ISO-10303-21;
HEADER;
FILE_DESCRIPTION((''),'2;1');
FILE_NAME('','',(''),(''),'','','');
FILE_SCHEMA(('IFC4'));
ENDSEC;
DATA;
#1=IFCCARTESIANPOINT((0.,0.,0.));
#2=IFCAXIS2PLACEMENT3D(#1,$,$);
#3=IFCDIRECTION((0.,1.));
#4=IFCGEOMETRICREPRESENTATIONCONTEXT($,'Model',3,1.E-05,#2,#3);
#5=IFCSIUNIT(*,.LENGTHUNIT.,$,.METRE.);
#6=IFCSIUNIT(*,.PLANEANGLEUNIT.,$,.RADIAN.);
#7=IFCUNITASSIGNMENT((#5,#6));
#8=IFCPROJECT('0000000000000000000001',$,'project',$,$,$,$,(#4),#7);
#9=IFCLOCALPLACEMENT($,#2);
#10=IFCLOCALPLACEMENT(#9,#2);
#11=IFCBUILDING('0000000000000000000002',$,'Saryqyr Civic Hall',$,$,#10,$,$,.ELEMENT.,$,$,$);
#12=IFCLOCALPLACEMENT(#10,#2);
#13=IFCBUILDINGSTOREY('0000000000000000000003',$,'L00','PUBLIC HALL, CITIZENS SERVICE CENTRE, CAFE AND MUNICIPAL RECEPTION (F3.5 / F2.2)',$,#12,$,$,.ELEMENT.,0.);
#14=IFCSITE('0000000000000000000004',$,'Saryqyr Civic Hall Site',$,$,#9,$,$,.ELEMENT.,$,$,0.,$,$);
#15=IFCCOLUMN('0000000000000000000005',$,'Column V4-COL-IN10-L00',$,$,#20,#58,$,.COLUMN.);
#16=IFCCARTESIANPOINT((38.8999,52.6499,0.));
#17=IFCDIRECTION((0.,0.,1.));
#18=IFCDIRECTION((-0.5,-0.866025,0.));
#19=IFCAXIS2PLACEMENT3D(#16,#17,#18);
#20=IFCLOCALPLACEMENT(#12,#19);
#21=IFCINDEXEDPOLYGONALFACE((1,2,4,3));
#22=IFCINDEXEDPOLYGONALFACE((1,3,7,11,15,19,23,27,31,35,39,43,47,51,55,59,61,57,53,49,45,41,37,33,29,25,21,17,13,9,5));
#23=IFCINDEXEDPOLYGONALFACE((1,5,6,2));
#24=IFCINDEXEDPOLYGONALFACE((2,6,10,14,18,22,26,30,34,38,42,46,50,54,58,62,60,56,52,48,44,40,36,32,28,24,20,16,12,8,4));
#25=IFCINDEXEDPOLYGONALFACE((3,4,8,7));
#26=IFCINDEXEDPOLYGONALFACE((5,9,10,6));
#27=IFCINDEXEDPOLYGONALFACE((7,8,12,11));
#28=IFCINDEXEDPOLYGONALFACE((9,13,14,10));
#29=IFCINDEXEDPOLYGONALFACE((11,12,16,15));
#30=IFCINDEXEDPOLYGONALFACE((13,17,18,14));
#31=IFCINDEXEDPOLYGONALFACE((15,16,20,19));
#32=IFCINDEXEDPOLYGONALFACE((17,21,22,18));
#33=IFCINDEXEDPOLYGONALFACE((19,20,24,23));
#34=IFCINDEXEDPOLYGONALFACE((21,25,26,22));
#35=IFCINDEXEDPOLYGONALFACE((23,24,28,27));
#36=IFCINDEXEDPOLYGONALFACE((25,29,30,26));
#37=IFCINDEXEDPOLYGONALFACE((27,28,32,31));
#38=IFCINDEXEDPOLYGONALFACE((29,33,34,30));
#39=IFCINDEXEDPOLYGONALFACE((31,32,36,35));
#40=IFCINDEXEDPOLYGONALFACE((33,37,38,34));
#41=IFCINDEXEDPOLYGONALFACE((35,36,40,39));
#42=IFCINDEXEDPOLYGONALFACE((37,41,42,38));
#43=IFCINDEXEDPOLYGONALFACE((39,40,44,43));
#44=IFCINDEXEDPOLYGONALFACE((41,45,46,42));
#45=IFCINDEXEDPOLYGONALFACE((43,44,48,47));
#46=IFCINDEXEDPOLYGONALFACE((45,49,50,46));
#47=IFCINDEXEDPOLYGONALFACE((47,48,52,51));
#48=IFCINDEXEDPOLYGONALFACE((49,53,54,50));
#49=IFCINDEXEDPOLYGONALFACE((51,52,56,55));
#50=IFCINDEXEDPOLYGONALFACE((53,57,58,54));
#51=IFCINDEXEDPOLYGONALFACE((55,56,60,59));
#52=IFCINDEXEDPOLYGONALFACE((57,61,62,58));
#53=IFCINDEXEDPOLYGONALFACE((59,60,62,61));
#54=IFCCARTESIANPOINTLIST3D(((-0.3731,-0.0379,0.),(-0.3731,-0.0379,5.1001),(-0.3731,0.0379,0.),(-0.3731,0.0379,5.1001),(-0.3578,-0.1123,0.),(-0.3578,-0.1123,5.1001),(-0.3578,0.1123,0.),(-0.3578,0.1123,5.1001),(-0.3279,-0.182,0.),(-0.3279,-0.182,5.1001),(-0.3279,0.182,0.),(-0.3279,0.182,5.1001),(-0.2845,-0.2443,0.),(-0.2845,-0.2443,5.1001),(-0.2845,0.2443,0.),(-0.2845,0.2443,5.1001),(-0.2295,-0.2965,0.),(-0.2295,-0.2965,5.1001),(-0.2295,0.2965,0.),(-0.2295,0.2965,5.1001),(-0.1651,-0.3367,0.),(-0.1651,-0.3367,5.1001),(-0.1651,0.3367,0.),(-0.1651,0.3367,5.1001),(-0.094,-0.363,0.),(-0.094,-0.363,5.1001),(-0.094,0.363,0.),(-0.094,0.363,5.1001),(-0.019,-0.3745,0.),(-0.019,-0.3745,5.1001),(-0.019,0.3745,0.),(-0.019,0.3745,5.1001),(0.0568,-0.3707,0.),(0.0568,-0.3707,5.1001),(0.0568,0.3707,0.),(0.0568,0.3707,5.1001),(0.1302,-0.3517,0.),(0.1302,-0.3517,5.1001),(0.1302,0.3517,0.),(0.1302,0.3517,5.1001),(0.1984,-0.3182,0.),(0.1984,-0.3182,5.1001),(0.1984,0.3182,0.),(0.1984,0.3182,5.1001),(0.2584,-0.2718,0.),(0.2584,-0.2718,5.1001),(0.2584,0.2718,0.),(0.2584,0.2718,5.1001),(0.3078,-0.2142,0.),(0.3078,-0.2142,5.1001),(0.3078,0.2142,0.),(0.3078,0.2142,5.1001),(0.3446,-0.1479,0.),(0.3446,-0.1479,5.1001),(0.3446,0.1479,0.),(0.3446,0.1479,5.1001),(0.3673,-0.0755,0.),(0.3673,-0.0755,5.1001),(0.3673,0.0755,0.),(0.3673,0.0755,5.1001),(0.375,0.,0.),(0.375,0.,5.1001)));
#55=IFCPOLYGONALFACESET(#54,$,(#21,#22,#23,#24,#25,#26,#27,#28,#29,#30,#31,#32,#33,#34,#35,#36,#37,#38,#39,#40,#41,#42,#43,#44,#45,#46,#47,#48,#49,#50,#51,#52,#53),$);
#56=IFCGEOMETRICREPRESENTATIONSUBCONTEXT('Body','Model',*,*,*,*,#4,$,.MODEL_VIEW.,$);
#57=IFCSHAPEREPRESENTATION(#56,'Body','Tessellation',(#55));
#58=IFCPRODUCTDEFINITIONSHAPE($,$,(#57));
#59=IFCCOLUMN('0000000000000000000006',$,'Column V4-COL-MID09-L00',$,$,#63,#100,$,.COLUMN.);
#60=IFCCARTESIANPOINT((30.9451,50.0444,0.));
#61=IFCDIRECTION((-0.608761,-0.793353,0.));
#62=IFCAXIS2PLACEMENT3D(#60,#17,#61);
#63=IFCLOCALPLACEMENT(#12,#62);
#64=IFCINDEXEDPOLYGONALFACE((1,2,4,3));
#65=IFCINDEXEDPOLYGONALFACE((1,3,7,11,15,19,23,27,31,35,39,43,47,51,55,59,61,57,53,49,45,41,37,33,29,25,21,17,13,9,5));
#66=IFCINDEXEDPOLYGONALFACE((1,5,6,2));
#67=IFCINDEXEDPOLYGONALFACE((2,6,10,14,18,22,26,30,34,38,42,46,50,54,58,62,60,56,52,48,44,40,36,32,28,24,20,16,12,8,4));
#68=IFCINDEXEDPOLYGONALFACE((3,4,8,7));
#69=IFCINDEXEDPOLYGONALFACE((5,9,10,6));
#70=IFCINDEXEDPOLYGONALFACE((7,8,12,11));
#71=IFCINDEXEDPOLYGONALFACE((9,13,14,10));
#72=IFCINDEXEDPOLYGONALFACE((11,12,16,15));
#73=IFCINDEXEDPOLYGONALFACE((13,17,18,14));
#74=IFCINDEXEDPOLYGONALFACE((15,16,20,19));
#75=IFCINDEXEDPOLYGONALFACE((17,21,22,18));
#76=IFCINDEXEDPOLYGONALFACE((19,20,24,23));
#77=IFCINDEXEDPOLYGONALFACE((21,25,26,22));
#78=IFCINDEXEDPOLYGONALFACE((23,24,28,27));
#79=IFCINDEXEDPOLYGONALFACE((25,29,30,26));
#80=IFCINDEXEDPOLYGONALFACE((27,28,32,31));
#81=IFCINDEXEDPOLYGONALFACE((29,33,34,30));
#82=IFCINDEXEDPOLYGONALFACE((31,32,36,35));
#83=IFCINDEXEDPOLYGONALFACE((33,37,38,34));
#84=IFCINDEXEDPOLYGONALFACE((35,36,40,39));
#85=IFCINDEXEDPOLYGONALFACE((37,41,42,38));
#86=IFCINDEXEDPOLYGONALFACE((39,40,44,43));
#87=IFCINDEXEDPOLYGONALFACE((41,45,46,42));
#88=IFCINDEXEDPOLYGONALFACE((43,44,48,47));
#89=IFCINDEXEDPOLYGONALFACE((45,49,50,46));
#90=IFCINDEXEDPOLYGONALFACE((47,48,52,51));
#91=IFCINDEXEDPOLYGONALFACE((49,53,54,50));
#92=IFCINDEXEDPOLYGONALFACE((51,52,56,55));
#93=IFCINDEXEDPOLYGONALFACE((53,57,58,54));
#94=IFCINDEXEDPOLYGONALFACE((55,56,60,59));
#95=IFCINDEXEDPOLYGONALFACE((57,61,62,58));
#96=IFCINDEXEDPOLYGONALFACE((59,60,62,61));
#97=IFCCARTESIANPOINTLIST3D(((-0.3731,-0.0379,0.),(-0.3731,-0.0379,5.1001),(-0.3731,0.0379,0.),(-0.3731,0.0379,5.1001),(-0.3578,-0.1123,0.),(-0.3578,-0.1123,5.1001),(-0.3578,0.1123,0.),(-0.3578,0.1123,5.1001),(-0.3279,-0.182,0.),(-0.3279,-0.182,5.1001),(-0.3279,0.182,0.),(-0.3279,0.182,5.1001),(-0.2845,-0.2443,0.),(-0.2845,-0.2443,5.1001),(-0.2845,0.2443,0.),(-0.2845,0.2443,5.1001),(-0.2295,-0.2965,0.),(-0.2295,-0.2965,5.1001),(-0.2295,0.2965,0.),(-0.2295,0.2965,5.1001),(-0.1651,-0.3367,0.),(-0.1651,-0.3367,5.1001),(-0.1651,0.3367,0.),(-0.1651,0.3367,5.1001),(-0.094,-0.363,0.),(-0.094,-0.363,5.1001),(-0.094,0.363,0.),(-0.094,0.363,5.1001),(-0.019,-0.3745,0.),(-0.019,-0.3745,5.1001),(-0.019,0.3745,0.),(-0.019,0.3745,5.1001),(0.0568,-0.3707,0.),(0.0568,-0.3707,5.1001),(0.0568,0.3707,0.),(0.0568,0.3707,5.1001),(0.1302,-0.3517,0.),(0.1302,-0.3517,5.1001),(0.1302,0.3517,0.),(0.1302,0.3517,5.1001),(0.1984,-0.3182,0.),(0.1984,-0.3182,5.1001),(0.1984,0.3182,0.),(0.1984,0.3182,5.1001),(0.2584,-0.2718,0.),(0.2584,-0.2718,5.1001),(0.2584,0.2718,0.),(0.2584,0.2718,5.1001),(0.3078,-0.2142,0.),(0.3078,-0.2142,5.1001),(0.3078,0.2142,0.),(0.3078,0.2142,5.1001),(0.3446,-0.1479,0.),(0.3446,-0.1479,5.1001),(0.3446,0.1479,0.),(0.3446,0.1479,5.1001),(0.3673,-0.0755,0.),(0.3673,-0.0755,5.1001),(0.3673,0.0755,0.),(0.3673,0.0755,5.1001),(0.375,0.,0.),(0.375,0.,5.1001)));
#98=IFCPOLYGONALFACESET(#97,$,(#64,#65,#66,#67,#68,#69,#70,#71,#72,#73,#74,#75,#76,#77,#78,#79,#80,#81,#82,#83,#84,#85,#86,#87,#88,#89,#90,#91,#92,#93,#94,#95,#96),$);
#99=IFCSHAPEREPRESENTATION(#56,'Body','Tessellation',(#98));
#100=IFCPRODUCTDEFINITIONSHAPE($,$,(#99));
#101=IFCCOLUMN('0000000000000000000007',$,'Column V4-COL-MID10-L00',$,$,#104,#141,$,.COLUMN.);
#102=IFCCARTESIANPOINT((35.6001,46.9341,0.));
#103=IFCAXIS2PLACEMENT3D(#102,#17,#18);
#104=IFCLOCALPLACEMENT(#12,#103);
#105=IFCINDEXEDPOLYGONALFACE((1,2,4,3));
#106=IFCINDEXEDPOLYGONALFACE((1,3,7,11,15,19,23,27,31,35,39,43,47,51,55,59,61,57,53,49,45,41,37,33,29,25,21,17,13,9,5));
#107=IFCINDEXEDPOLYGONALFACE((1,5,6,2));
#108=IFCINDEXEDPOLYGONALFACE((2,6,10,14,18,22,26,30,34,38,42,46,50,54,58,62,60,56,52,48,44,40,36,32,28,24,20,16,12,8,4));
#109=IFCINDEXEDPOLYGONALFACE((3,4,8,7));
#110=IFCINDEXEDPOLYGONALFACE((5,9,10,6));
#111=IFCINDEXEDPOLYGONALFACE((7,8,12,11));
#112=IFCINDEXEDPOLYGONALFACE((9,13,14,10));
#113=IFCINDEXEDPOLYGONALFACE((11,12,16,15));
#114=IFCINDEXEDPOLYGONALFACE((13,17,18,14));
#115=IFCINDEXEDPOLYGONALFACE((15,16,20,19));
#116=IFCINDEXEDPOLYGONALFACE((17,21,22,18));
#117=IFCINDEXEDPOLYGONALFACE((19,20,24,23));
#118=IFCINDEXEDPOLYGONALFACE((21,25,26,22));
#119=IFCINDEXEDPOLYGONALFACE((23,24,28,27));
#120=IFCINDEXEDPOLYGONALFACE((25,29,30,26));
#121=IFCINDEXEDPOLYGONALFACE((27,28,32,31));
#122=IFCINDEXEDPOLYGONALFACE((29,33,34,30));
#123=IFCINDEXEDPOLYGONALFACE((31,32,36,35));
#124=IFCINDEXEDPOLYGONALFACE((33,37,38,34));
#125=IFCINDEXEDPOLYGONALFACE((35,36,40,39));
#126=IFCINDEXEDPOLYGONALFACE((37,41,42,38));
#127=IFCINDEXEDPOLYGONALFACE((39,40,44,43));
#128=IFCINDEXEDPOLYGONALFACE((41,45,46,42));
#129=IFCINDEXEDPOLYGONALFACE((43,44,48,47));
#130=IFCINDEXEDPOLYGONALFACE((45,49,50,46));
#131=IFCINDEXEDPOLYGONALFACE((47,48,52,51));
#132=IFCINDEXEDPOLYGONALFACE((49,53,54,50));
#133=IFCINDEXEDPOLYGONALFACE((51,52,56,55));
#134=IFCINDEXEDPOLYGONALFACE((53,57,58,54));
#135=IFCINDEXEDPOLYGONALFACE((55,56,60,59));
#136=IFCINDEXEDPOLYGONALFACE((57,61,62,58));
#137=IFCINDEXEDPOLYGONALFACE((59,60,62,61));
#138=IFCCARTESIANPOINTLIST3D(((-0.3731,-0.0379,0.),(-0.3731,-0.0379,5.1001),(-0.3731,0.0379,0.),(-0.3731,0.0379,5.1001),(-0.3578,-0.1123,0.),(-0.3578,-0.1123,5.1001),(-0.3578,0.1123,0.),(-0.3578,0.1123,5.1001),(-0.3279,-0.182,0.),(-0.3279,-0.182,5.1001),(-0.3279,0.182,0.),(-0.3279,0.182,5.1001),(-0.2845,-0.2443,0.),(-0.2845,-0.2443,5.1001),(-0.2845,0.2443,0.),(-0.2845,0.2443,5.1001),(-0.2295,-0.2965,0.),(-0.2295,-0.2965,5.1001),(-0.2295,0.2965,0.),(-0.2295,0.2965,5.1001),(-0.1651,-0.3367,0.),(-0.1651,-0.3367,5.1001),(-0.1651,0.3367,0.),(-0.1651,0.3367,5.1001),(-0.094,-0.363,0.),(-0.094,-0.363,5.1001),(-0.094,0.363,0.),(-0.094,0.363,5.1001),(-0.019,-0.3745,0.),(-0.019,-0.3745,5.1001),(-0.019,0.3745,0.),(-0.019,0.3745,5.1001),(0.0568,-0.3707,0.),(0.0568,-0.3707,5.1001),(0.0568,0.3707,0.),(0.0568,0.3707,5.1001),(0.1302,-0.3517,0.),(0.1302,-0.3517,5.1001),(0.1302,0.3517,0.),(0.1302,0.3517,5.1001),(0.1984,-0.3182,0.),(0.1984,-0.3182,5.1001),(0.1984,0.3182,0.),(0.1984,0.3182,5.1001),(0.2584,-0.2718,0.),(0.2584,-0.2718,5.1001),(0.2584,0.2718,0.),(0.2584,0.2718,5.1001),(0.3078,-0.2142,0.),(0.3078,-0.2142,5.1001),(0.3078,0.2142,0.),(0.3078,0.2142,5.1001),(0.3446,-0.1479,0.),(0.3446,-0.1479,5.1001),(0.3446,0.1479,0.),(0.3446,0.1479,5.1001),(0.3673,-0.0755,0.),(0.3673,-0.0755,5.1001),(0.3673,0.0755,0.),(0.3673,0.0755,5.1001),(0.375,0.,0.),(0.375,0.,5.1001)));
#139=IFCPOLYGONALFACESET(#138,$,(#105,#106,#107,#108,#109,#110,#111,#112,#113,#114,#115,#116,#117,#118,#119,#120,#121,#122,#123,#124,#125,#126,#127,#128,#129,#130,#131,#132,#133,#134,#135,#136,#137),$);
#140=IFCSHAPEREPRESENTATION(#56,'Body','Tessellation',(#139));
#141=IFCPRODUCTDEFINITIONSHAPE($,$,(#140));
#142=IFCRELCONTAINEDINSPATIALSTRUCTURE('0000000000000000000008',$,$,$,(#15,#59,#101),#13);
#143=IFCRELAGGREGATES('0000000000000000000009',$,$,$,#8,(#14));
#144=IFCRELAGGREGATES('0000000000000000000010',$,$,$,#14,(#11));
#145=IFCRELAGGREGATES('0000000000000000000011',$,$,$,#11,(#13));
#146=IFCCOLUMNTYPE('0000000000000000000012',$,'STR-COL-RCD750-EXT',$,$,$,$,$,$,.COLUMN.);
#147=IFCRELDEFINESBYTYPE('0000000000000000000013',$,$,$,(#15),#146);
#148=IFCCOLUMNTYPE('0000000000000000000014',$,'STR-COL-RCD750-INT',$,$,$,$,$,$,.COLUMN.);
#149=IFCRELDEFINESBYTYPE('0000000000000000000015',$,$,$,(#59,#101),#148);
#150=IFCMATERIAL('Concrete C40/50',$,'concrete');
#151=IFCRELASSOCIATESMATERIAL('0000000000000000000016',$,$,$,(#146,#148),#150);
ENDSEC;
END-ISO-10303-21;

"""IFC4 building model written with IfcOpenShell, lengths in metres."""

from ifc_helpers import new_model, si_unit, direction, frame, origin, origin_2d, place, context, subcontext, project, spatial, circle, extrude, material, material_profile, profile_set, type_object, element, save


model = new_model("IFC4")

# Units and contexts
model_context = context("Model", 3, precision=1e-05, world=origin(), true_north=direction((0.0, 1.0)))
body_context = subcontext(model_context, "Body", "Model", "MODEL_VIEW")
ifc_project = project(units=[si_unit("LENGTHUNIT", "METRE"), si_unit("PLANEANGLEUNIT", "RADIAN")], contexts=[model_context])

# Site, building, storey
site_placement = place(None, origin())
site = spatial("IfcSite", under=ifc_project, at=site_placement, Name="Saryqyr Civic Hall Site", CompositionType="ELEMENT", RefElevation=0.0)
building_placement = place(site_placement, origin())
building = spatial("IfcBuilding", under=site, at=building_placement, Name="Saryqyr Civic Hall", CompositionType="ELEMENT")
storey_placement = place(building_placement, origin())
storey = spatial("IfcBuildingStorey", under=building, at=storey_placement, Name="L00", Description="PUBLIC HALL, CITIZENS SERVICE CENTRE, CAFE AND MUNICIPAL RECEPTION (F3.5 / F2.2)", CompositionType="ELEMENT", Elevation=0.0)

# Columns
ifc_material_1 = material(Name="Concrete C40/50", Category="concrete")
ifc_material_profile_1 = material_profile(ifc_material_1, circle(Radius=0.375, at=origin_2d()), Name="RC D750")
ifc_profile_set_1 = profile_set([ifc_material_profile_1], Name="Concrete C40/50")
column_type_1 = type_object("IfcColumnType", Name="STR-COL-RCD750-EXT", PredefinedType="COLUMN", material=ifc_profile_set_1)
column_placement = place(storey_placement, frame((38.8999, 52.6499, 0.0), z_axis=(0.0, 0.0, 1.0), x_axis=(-0.5, -0.866025, 0.0)))
element("IfcColumn", 1, at=column_placement, inside=storey, type_object=column_type_1, Name="Column V4-COL-IN10-L00", PredefinedType="COLUMN", context=body_context, shape_type="SweptSolid", body=[
    extrude(circle(Radius=0.375, at=origin_2d()), origin(), (0.0, 0.0, 1.0), 5.1001),
])
ifc_material_profile_2 = material_profile(ifc_material_1, circle(Radius=0.375, at=origin_2d()), Name="RC D750")
ifc_profile_set_2 = profile_set([ifc_material_profile_2], Name="Concrete C40/50")
column_type_2 = type_object("IfcColumnType", Name="STR-COL-RCD750-INT", PredefinedType="COLUMN", material=ifc_profile_set_2)
for number, where, z_axis, x_axis, name in (
    (2, (30.9451, 50.0444, 0.0), (0.0, 0.0, 1.0), (-0.608761, -0.793353, 0.0), "Column V4-COL-MID09-L00"),
    (3, (35.6001, 46.9341, 0.0), (0.0, 0.0, 1.0), (-0.5, -0.866025, 0.0), "Column V4-COL-MID10-L00"),
):
    element("IfcColumn", number, at=place(storey_placement, frame(where, z_axis=z_axis, x_axis=x_axis)), inside=storey, type_object=column_type_2, Name=name, PredefinedType="COLUMN", context=body_context, shape_type="SweptSolid", body=[
        extrude(circle(Radius=0.375, at=origin_2d()), origin(), (0.0, 0.0, 1.0), 5.1001),
    ])

save(model, "model.ifc")
